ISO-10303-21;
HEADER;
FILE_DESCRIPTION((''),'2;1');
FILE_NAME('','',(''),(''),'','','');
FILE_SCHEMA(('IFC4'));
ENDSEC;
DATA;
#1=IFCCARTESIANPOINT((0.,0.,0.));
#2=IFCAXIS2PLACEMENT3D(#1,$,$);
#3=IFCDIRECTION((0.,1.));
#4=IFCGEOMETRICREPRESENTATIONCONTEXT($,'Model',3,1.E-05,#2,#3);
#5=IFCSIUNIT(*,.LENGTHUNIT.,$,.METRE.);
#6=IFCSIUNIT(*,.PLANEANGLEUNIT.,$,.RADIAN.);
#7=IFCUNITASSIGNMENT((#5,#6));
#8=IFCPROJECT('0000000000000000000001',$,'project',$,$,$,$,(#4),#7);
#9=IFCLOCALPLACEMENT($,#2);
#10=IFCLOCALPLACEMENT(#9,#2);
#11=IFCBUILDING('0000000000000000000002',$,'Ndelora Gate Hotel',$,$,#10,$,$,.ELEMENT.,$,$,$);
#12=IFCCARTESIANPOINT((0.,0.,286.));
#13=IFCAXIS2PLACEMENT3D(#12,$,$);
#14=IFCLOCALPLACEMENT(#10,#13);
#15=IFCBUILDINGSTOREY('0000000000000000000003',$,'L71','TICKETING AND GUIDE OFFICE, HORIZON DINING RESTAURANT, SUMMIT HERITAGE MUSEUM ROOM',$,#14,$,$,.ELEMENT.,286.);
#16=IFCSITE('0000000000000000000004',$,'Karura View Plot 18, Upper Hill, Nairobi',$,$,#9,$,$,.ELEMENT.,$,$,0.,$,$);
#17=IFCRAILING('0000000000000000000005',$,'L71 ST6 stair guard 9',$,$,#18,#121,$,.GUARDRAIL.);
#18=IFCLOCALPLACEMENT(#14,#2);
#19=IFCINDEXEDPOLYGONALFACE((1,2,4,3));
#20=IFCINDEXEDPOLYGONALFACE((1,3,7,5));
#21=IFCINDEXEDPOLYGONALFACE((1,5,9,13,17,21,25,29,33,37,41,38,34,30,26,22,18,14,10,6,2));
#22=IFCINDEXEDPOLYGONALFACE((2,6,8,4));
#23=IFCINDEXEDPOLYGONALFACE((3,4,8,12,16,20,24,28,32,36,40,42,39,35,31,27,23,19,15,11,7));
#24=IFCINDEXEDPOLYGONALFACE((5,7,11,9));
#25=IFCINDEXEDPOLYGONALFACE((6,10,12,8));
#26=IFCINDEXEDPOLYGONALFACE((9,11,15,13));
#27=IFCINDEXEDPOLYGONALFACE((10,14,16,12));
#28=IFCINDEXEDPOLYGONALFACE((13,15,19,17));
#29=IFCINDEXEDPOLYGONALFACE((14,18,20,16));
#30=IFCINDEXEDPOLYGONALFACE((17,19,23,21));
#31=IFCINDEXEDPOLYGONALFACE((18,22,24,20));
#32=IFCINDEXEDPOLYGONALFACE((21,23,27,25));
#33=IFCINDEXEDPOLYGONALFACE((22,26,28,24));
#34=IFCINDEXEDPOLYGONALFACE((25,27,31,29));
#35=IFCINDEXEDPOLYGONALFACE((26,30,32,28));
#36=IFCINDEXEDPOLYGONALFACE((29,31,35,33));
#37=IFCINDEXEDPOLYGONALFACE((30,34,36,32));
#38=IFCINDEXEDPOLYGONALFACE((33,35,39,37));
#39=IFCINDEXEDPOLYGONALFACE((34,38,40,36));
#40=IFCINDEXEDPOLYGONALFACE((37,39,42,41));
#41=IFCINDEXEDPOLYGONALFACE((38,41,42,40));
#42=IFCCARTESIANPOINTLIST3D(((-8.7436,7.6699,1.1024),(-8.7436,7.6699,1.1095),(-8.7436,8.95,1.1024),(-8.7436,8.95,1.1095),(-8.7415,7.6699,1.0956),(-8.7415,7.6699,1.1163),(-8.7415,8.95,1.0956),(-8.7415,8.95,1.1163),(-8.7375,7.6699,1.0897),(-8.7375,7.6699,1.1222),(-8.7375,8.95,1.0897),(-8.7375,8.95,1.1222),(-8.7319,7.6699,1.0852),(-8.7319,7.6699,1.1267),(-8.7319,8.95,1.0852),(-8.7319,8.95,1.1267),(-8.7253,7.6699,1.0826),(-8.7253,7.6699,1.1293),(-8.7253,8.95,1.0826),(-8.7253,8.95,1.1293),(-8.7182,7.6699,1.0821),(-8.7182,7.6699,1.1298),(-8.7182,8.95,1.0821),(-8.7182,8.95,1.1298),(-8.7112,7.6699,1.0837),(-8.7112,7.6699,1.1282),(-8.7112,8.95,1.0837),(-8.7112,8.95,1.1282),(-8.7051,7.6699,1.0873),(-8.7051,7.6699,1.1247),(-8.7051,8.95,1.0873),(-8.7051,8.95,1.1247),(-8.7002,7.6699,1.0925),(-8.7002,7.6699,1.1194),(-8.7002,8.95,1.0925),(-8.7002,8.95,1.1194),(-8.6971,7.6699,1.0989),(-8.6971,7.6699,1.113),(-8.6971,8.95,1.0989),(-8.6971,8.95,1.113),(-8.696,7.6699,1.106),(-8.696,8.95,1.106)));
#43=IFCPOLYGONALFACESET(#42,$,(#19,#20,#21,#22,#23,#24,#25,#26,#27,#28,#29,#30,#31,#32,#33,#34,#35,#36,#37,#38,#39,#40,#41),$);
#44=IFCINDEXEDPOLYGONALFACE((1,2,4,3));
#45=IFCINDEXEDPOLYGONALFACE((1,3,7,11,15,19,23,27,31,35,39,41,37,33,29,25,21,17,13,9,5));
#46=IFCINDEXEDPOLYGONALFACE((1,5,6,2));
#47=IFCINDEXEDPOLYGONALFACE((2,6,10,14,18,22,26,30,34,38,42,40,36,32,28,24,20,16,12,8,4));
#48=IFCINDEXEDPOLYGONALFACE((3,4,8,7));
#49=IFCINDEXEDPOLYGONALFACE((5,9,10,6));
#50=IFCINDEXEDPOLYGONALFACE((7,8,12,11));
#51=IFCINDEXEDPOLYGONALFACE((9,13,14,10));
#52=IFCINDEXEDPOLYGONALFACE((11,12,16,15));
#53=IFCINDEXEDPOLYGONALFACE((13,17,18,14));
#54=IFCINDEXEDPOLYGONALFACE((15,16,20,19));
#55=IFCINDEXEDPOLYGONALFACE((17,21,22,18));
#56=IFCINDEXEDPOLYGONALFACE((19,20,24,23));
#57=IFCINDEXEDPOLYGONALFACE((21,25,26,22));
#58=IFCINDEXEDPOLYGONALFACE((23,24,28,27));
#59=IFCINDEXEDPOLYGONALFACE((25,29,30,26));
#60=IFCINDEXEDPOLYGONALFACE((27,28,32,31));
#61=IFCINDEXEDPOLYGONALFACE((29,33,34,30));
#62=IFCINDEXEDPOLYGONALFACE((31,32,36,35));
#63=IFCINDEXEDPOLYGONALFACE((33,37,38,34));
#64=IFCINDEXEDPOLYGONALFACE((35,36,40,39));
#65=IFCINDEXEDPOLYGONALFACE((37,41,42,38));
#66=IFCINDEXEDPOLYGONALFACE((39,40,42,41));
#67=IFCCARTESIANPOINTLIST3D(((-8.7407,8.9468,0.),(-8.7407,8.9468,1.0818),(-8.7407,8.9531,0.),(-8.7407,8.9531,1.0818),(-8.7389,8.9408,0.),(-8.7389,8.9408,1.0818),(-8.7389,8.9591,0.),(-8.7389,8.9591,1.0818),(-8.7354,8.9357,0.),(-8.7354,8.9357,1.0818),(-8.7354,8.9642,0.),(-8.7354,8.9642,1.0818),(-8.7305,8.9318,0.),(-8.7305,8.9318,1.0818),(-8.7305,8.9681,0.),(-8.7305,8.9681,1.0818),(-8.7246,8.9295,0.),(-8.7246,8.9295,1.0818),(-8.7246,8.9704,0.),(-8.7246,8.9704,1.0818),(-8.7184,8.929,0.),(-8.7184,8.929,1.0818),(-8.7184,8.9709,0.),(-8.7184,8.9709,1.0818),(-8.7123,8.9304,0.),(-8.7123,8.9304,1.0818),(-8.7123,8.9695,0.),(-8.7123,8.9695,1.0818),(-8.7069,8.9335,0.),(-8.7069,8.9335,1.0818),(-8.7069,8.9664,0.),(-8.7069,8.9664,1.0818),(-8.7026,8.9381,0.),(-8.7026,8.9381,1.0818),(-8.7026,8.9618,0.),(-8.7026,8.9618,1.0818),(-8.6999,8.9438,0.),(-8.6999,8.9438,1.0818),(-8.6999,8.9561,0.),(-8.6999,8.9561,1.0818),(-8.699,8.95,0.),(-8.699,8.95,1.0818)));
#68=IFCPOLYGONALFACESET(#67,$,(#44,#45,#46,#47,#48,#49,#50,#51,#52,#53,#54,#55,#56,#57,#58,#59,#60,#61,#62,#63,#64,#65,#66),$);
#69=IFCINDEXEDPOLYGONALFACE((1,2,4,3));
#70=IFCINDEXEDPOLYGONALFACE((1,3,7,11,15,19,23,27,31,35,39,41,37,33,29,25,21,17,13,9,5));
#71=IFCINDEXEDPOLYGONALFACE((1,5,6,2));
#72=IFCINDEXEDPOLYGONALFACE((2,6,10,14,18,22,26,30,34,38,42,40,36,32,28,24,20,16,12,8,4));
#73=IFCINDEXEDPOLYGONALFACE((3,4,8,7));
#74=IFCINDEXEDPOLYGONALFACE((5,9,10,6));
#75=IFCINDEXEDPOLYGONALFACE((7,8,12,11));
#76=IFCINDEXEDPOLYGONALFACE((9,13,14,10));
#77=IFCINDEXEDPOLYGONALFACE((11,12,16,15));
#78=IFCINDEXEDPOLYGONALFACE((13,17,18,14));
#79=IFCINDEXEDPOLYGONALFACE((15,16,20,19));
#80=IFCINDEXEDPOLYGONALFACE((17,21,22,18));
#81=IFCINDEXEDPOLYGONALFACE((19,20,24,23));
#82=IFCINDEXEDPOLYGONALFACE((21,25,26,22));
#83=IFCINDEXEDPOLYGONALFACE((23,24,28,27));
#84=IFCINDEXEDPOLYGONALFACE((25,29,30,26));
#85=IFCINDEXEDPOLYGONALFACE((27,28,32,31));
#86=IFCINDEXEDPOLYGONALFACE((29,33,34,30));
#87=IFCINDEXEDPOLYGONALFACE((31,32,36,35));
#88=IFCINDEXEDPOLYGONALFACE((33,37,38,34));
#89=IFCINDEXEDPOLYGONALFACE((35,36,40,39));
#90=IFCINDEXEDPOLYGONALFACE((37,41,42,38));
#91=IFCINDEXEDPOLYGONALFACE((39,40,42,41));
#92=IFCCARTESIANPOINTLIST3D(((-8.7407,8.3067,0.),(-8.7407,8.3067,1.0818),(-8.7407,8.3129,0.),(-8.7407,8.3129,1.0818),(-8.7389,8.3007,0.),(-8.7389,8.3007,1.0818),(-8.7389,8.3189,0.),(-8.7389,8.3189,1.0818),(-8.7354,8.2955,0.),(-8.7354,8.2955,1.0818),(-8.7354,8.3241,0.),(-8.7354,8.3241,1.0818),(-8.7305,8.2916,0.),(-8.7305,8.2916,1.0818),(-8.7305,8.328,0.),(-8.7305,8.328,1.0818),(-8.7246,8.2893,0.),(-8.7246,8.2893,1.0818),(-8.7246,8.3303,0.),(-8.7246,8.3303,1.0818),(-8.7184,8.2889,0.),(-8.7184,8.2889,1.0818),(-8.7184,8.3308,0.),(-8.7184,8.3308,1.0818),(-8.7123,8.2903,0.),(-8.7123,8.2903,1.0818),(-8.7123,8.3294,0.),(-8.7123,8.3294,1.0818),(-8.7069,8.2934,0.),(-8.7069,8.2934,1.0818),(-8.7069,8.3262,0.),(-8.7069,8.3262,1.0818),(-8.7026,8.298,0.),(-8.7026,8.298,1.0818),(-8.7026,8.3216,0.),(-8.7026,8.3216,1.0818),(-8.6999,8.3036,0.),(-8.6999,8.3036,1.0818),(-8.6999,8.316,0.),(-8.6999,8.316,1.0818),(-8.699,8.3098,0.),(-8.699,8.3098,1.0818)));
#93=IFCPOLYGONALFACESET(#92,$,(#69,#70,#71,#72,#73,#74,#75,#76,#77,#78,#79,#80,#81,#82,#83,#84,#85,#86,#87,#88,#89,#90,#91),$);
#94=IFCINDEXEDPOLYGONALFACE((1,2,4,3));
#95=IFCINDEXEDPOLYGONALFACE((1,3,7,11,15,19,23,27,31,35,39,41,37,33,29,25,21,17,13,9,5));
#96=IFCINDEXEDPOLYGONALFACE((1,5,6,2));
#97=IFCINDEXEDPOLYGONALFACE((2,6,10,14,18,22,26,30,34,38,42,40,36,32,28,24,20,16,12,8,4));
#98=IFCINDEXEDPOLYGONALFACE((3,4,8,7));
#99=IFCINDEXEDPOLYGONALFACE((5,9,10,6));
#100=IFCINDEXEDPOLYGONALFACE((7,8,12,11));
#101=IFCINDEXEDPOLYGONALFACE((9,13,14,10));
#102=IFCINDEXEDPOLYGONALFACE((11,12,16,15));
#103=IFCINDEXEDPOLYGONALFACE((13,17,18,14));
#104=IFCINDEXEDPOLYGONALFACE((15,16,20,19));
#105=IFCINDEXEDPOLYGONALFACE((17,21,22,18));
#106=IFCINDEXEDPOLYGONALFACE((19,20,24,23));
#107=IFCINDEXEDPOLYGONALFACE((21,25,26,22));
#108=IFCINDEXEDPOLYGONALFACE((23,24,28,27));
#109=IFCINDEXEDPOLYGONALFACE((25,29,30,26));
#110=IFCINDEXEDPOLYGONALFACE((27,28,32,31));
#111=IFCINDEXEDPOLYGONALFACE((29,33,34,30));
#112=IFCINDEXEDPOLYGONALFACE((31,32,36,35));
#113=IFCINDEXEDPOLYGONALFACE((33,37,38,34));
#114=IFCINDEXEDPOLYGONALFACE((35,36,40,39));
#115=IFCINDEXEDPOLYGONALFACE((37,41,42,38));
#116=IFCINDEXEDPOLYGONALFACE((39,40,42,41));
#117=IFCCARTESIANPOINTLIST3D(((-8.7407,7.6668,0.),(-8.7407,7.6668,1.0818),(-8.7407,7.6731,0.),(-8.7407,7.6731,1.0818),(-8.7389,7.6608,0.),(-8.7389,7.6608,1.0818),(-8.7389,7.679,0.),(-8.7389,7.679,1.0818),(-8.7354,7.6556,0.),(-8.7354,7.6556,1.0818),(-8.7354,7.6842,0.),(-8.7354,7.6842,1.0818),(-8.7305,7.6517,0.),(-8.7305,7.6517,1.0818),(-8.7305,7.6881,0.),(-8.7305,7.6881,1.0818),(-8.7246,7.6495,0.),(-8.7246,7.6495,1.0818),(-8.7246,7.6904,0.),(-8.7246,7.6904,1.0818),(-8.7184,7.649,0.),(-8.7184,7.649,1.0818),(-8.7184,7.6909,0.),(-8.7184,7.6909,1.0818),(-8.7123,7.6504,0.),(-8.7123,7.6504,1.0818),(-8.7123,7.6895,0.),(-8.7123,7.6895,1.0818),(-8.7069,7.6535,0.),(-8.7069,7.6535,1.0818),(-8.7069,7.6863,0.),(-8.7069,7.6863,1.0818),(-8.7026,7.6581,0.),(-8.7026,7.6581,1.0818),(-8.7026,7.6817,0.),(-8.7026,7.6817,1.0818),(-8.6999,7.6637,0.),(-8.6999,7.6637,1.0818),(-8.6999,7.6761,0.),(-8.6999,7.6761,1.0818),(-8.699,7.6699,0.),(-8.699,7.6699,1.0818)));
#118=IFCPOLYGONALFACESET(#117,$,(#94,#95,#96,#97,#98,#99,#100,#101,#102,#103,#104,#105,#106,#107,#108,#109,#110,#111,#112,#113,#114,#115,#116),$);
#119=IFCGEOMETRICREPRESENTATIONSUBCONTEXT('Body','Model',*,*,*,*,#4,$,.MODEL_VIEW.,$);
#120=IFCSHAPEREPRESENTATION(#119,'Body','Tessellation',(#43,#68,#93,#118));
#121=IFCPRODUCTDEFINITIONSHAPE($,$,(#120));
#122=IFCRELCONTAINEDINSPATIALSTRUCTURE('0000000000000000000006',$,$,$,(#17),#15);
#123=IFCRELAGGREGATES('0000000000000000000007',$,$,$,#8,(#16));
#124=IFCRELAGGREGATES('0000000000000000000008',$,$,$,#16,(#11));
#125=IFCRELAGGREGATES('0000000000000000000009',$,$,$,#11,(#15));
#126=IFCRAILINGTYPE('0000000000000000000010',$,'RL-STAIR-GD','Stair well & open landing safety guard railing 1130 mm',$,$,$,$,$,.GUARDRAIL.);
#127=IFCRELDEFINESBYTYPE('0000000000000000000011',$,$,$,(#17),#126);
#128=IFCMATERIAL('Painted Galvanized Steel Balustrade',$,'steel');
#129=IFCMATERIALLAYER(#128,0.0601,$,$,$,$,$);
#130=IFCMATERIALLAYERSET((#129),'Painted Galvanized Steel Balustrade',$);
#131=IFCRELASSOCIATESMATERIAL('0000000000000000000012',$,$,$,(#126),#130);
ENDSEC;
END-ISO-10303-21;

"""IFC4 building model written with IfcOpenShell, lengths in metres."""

from ifc_helpers import new_model, si_unit, direction, frame, origin, origin_2d, place, context, subcontext, project, spatial, circle, extrude, material, layer, layer_set, type_object, element, save


model = new_model("IFC4")

# Units and contexts
model_context = context("Model", 3, precision=1e-05, world=origin(), true_north=direction((0.0, 1.0)))
body_context = subcontext(model_context, "Body", "Model", "MODEL_VIEW")
ifc_project = project(units=[si_unit("LENGTHUNIT", "METRE"), si_unit("PLANEANGLEUNIT", "RADIAN")], contexts=[model_context])

# Site, building, storey
site_placement = place(None, origin())
site = spatial("IfcSite", under=ifc_project, at=site_placement, Name="Karura View Plot 18, Upper Hill, Nairobi", CompositionType="ELEMENT", RefElevation=0.0)
building_placement = place(site_placement, origin())
building = spatial("IfcBuilding", under=site, at=building_placement, Name="Ndelora Gate Hotel", CompositionType="ELEMENT")
storey_placement = place(building_placement, frame((0.0, 0.0, 286.0)))
storey = spatial("IfcBuildingStorey", under=building, at=storey_placement, Name="L71", Description="TICKETING AND GUIDE OFFICE, HORIZON DINING RESTAURANT, SUMMIT HERITAGE MUSEUM ROOM", CompositionType="ELEMENT", Elevation=286.0)

# Railing
ifc_material_1 = material(Name="Painted Galvanized Steel Balustrade", Category="steel")
ifc_layer_1 = layer(ifc_material_1, 0.0601)
ifc_layer_set_1 = layer_set([ifc_layer_1], Name="Painted Galvanized Steel Balustrade")
railing_type_1 = type_object("IfcRailingType", Name="RL-STAIR-GD", Description="Stair well & open landing safety guard railing 1130 mm", PredefinedType="GUARDRAIL", material=ifc_layer_set_1)
for number, where, name in (
    (1, (-8.72, 8.95, 0.0), "L71 ST6 stair guard 9"),
):
    element("IfcRailing", number, at=place(storey_placement, frame(where)), inside=storey, type_object=railing_type_1, Name=name, PredefinedType="GUARDRAIL", context=body_context, shape_type="SweptSolid", body=[
        extrude(circle(Radius=0.0239, at=origin_2d()), frame((0.0, 0.0, 1.106), z_axis=(0.0, -1.0, 0.0), x_axis=(1.0, 0.0, 0.0)), (0.0, 0.0, 1.0), 1.28),
        extrude(circle(Radius=0.021, at=origin_2d()), origin(), (0.0, 0.0, 1.0), 1.0818),
        extrude(circle(Radius=0.021, at=origin_2d()), frame((0.0, -0.6401, 0.0)), (0.0, 0.0, 1.0), 1.0818),
        extrude(circle(Radius=0.021, at=origin_2d()), frame((0.0, -1.28, 0.0)), (0.0, 0.0, 1.0), 1.0818),
    ])

save(model, "model.ifc")
